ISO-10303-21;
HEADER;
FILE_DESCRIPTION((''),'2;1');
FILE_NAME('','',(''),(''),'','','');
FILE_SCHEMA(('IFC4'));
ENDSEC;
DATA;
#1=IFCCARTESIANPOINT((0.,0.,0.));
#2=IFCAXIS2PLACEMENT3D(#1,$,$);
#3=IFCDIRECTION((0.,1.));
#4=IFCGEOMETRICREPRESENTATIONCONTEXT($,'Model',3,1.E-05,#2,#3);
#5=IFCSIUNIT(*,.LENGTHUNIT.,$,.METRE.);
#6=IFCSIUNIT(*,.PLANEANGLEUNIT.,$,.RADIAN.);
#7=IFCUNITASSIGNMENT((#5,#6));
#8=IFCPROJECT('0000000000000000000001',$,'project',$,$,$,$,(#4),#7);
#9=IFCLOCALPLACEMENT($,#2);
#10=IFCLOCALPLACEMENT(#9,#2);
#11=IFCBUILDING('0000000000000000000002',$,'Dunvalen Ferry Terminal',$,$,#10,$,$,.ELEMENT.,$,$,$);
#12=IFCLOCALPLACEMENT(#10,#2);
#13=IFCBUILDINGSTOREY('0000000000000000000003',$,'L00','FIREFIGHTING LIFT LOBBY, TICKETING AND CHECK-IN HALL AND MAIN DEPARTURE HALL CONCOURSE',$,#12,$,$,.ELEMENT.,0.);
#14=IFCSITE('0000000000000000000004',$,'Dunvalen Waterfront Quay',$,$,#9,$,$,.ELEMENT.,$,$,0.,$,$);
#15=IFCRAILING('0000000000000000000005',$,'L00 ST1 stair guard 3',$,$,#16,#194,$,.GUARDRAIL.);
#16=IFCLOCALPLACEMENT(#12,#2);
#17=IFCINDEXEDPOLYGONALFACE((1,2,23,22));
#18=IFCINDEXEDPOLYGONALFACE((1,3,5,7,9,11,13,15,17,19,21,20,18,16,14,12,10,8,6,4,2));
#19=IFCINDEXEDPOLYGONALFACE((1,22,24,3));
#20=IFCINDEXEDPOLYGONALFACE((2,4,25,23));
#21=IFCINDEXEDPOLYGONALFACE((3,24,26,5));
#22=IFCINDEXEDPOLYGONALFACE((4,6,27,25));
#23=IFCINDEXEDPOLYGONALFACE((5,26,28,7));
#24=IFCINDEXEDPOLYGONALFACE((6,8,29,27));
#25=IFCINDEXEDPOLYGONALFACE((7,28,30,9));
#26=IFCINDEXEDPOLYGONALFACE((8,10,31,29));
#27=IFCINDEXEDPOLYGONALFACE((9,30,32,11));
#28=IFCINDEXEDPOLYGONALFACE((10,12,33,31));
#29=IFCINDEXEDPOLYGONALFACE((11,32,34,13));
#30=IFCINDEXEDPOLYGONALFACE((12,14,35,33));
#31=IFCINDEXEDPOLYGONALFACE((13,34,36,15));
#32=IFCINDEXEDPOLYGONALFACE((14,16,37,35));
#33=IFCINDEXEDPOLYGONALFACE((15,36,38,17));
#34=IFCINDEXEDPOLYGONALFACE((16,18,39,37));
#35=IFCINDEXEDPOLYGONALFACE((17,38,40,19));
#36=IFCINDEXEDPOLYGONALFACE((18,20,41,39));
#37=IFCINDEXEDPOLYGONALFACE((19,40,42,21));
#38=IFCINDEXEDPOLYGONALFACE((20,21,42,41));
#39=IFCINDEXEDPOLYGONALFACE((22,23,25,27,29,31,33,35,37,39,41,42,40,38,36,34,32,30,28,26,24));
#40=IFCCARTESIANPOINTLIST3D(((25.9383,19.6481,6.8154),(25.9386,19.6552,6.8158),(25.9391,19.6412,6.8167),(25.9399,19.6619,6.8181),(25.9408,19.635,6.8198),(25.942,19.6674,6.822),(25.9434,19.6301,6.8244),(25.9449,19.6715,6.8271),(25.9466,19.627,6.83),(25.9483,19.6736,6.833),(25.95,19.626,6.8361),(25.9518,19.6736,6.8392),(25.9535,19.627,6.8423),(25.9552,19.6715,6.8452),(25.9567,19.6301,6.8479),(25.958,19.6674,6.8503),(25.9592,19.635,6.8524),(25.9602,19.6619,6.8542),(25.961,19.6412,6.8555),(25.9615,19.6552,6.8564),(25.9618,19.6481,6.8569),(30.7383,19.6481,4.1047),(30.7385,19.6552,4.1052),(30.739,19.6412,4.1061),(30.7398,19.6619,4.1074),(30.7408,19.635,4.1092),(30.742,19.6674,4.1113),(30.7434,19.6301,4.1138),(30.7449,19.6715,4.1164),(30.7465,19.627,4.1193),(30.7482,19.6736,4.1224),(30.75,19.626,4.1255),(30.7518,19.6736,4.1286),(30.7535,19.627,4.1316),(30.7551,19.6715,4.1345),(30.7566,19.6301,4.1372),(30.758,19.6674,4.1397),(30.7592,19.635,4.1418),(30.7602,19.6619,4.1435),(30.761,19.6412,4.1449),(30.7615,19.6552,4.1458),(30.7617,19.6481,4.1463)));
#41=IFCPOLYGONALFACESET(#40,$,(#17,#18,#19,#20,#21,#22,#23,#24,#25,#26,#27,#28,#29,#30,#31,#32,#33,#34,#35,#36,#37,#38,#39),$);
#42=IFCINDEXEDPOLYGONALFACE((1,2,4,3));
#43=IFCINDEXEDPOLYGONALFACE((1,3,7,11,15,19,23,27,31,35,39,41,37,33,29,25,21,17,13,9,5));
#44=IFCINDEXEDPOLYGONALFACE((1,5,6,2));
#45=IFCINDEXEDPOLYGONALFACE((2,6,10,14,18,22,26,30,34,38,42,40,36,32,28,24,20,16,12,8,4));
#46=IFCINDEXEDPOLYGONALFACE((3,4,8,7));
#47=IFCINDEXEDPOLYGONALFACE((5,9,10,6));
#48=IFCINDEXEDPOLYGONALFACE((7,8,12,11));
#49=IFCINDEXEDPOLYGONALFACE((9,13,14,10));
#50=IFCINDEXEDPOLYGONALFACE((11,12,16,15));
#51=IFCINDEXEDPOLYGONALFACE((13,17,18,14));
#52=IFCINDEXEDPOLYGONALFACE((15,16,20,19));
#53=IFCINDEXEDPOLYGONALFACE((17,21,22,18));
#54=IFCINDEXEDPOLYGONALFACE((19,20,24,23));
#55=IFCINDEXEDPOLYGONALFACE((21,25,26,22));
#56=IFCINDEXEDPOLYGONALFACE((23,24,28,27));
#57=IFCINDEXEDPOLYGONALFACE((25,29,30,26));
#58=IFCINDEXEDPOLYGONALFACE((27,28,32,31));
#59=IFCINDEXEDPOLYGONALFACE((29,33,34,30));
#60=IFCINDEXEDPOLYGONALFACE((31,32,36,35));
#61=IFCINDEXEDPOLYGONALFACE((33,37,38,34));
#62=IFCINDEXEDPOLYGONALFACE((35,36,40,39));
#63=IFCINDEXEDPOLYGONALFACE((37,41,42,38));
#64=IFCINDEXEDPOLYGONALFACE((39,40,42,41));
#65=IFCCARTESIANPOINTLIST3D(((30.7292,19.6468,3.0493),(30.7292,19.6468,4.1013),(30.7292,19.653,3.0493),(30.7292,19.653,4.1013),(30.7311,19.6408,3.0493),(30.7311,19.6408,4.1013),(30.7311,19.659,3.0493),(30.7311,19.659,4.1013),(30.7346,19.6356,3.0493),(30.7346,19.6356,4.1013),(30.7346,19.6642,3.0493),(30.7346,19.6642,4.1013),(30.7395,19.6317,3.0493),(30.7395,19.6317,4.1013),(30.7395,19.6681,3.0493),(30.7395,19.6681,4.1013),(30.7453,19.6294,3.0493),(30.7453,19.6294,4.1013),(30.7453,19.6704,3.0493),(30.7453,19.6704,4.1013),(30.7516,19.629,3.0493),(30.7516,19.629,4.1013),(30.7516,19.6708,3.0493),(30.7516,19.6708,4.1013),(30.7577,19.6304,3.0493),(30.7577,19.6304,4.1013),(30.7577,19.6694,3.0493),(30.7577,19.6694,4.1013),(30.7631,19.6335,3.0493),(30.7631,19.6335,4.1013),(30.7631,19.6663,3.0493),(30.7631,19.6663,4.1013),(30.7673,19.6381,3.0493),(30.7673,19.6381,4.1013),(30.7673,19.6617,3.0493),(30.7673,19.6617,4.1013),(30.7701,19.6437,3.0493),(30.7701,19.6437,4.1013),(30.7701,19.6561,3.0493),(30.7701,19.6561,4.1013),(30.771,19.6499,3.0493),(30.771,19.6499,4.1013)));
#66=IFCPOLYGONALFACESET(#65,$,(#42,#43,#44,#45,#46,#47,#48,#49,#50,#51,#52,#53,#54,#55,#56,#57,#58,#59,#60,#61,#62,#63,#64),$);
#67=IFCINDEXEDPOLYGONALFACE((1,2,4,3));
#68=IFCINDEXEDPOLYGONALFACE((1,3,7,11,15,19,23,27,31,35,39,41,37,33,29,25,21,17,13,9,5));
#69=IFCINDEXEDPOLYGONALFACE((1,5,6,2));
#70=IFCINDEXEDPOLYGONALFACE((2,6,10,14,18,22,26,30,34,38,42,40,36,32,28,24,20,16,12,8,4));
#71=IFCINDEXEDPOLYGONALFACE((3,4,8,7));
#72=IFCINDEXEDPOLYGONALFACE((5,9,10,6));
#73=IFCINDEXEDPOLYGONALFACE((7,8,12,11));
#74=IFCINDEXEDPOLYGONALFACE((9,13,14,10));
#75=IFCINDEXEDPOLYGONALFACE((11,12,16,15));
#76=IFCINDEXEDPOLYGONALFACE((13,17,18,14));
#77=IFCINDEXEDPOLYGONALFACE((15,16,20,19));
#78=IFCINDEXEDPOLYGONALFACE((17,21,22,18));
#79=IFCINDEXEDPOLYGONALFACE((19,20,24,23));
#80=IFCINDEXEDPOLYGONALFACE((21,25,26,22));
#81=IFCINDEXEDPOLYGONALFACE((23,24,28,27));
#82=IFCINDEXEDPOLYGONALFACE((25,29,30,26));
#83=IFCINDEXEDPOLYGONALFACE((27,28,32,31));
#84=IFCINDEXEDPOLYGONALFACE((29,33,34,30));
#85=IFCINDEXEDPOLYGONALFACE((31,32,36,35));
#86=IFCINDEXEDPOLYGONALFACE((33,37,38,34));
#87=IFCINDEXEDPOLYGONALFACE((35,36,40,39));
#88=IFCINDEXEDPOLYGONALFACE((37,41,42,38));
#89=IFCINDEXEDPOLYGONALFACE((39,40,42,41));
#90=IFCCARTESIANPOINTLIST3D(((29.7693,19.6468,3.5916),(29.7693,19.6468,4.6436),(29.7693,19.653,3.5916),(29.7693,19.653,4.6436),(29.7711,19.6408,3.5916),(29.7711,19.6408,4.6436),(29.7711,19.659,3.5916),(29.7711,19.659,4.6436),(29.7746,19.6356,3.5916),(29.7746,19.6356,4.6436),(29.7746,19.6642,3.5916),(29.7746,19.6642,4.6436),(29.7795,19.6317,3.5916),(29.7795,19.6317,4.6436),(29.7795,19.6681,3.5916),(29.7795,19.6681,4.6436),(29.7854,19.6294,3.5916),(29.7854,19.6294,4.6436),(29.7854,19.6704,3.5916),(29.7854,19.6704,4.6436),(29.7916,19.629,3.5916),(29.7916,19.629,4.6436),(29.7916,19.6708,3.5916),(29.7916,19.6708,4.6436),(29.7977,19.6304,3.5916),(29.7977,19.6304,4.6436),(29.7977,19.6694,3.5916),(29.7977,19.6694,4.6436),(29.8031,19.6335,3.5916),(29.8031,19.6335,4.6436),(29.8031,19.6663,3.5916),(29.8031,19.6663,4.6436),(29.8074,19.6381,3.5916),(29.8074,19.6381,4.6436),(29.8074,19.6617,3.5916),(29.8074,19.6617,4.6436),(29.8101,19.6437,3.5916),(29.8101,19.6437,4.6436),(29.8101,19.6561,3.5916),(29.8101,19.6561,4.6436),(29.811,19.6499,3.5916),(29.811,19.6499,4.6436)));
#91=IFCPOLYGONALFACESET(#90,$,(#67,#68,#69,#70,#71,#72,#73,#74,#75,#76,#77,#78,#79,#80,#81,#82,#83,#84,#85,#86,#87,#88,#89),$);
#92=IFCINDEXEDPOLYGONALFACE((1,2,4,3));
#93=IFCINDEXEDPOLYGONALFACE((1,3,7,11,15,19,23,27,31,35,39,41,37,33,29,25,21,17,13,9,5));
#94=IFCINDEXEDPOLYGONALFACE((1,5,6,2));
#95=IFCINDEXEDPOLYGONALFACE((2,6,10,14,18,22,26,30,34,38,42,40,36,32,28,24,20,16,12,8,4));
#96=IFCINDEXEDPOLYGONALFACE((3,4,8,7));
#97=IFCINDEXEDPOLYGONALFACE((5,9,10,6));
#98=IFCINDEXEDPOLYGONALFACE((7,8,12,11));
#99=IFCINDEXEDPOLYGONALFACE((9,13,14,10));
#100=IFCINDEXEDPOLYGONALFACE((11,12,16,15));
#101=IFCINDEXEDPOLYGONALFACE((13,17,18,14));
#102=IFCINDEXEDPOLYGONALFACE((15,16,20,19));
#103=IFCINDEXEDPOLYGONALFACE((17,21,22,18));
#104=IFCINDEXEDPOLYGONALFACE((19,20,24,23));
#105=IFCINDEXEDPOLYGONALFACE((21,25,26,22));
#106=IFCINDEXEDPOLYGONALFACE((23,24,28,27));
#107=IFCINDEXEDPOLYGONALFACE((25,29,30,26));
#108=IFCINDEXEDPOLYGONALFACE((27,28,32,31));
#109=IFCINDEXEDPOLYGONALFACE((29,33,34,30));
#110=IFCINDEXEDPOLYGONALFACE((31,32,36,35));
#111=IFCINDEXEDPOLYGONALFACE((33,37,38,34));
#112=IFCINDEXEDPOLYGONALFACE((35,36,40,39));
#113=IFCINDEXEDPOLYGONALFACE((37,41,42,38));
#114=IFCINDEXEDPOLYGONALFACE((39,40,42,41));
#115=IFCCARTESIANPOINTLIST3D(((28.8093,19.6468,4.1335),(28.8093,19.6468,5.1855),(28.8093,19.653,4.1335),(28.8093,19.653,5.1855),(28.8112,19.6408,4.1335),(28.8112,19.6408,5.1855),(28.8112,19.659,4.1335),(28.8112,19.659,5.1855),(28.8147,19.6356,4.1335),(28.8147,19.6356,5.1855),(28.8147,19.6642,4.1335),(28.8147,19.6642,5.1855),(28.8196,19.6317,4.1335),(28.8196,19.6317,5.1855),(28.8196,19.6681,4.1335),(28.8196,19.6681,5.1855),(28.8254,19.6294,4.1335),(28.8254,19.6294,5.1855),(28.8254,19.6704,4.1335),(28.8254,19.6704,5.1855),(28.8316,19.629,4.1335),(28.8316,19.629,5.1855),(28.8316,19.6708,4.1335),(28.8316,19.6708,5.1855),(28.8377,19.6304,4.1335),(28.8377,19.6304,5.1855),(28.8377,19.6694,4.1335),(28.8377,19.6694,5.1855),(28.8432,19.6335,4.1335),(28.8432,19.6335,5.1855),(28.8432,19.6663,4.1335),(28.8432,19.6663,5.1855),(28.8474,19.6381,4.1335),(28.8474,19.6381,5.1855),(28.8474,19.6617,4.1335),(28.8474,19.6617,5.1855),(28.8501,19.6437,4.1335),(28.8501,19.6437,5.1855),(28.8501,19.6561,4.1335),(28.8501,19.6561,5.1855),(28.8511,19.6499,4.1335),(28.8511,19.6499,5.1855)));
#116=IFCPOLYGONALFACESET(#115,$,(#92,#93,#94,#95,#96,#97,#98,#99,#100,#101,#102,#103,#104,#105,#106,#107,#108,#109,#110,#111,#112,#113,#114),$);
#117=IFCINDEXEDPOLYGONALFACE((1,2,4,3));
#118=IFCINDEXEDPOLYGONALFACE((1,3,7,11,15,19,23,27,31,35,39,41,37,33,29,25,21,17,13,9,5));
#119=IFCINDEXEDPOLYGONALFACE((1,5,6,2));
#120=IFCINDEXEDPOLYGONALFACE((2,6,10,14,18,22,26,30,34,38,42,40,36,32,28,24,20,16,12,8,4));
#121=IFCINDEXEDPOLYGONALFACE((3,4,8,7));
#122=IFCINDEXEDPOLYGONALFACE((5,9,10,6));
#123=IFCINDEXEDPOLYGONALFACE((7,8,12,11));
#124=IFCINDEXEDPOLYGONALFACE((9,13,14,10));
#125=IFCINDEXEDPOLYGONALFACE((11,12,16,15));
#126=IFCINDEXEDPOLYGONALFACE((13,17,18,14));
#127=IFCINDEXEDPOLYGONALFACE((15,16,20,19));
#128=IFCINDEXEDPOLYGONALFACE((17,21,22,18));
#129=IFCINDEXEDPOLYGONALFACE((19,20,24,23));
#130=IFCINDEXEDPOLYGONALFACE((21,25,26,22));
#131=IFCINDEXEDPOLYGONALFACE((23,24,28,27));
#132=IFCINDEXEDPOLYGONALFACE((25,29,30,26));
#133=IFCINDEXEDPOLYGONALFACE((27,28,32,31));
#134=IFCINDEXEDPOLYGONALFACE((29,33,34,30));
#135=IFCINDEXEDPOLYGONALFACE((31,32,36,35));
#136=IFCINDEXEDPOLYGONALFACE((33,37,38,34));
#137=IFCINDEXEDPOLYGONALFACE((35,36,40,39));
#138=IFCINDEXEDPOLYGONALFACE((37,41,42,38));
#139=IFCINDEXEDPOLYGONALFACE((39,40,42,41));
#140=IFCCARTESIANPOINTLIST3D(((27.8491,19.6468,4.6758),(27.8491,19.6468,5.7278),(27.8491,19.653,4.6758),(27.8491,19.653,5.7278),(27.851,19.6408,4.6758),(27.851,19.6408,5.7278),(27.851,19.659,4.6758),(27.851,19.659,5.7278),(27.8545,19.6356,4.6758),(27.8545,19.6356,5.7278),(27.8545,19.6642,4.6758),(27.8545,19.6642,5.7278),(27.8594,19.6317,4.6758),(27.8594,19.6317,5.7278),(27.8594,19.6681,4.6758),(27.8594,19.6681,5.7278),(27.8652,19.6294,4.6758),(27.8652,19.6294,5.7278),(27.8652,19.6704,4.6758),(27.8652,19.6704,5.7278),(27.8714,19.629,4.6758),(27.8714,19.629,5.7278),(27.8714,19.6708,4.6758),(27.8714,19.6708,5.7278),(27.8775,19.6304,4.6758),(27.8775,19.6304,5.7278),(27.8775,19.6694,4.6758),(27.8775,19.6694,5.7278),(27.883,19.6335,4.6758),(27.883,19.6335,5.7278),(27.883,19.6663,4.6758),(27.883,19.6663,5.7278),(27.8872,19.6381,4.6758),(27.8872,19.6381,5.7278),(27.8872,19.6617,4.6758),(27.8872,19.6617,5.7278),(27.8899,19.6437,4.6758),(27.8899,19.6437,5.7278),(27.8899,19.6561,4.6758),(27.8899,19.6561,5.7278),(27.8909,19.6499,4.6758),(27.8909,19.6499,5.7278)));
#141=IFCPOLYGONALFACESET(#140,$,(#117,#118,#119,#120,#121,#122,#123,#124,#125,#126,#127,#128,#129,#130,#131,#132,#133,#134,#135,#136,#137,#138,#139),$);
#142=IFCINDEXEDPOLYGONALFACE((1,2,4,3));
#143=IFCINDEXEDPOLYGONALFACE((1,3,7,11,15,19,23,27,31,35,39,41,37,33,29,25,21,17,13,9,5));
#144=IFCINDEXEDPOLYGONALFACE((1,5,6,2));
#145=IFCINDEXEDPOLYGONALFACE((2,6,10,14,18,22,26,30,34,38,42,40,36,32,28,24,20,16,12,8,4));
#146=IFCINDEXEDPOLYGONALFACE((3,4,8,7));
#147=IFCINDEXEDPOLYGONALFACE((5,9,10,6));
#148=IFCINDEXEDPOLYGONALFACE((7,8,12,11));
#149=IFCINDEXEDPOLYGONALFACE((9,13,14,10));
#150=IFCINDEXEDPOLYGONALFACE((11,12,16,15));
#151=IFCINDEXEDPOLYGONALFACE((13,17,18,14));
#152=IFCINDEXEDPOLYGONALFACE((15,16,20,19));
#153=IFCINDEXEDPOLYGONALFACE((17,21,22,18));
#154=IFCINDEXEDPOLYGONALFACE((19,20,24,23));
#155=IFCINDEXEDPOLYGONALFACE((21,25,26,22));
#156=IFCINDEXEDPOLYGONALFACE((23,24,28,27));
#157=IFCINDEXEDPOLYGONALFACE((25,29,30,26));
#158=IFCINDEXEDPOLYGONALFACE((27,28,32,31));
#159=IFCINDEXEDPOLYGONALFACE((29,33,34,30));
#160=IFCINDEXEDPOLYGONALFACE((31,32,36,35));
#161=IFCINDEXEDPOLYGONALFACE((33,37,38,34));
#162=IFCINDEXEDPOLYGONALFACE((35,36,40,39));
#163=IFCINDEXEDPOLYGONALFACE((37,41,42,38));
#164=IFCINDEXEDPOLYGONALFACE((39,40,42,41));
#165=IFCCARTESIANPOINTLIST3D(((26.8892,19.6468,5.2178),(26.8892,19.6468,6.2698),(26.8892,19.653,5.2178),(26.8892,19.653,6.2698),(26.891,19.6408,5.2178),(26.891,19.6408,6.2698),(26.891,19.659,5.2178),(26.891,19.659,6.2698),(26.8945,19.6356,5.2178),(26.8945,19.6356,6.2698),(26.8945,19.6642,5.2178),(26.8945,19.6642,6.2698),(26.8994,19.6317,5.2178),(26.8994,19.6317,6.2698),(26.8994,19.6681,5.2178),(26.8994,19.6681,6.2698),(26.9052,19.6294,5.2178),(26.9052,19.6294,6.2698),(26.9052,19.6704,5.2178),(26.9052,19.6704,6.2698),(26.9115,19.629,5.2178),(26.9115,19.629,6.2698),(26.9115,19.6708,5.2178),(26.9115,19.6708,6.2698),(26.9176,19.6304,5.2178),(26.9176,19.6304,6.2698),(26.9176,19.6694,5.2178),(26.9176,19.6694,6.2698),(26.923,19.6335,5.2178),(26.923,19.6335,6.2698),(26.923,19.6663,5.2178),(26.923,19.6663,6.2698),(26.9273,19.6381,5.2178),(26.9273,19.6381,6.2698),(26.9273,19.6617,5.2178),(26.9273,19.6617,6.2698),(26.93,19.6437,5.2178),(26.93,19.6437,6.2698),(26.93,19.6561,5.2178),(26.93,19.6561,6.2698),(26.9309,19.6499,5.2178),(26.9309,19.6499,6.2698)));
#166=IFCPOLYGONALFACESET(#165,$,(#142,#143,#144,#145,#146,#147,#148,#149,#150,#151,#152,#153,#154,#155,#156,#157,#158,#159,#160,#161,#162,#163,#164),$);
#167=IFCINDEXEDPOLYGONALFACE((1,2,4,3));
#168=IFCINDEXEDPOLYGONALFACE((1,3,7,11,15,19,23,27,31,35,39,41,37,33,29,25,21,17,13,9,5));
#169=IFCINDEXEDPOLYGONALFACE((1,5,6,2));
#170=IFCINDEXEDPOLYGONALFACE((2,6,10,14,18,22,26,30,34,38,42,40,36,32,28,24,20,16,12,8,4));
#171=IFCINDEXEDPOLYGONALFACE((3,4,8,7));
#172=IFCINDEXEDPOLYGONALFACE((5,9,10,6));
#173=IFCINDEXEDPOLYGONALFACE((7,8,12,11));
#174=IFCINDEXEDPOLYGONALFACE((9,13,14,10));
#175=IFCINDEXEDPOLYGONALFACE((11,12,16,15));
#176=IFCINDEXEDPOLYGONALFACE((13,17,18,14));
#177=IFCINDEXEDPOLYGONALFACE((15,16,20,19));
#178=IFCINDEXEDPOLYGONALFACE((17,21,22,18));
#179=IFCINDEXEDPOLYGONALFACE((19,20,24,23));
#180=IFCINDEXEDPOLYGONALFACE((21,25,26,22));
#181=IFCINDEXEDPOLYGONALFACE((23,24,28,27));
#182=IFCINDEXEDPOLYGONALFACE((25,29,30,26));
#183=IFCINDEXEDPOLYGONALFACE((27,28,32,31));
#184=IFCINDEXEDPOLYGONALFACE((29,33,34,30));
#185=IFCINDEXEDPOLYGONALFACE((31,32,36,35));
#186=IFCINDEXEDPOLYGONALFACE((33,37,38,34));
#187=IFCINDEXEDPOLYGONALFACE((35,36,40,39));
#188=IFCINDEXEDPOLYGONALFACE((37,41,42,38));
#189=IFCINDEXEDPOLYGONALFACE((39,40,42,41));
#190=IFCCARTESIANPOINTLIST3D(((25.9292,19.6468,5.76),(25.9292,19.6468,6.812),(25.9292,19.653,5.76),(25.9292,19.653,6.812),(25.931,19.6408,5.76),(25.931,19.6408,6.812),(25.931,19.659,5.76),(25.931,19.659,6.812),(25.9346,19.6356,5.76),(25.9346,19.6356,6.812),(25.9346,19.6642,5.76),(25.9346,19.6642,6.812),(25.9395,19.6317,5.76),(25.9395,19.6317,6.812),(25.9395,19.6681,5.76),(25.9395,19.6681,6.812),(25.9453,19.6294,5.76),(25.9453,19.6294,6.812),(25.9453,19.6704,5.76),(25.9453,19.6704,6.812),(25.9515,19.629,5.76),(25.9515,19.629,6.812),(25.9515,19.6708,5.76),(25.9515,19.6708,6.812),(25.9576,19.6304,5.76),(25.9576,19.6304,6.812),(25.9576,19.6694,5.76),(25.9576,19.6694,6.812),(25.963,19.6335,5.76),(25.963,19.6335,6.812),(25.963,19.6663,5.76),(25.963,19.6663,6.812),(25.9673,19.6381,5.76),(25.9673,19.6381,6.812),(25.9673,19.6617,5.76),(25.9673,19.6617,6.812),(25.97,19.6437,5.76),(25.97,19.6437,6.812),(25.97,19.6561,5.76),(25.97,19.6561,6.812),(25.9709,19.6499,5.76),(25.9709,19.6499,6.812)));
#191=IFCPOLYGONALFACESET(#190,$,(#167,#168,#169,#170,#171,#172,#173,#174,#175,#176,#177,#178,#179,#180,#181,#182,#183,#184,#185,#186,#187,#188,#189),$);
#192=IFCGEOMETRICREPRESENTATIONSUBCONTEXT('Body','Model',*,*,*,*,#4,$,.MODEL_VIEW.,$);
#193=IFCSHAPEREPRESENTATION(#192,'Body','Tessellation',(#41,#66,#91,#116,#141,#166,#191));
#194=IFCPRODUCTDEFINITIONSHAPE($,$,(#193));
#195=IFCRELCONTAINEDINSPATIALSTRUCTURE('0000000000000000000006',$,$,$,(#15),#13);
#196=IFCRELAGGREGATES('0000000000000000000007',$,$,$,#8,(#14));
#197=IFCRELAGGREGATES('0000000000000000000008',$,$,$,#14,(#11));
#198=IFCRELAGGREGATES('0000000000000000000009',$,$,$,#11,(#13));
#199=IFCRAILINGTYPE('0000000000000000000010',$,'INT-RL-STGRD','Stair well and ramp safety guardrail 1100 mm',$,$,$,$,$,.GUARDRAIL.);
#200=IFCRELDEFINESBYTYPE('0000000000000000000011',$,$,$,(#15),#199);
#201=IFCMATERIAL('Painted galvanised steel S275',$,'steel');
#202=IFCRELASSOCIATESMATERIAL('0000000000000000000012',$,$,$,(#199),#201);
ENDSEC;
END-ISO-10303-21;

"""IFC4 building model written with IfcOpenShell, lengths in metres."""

from ifc_helpers import new_model, si_unit, direction, frame, origin, origin_2d, place, context, subcontext, project, spatial, circle, extrude, material, type_object, element, save


model = new_model("IFC4")

# Units and contexts
model_context = context("Model", 3, precision=1e-05, world=origin(), true_north=direction((0.0, 1.0)))
body_context = subcontext(model_context, "Body", "Model", "MODEL_VIEW")
ifc_project = project(units=[si_unit("LENGTHUNIT", "METRE"), si_unit("PLANEANGLEUNIT", "RADIAN")], contexts=[model_context])

# Site, building, storey
site_placement = place(None, origin())
site = spatial("IfcSite", under=ifc_project, at=site_placement, Name="Dunvalen Waterfront Quay", CompositionType="ELEMENT", RefElevation=0.0)
building_placement = place(site_placement, origin())
building = spatial("IfcBuilding", under=site, at=building_placement, Name="Dunvalen Ferry Terminal", CompositionType="ELEMENT")
storey_placement = place(building_placement, origin())
storey = spatial("IfcBuildingStorey", under=building, at=storey_placement, Name="L00", Description="FIREFIGHTING LIFT LOBBY, TICKETING AND CHECK-IN HALL AND MAIN DEPARTURE HALL CONCOURSE", CompositionType="ELEMENT", Elevation=0.0)

# Railing
ifc_material_1 = material(Name="Painted galvanised steel S275", Category="steel")
railing_type_1 = type_object("IfcRailingType", Name="INT-RL-STGRD", Description="Stair well and ramp safety guardrail 1100 mm", PredefinedType="GUARDRAIL", material=ifc_material_1)
railing_1_placement = place(storey_placement, frame((30.75, 19.6499, 3.0493)))
element("IfcRailing", 1, at=railing_1_placement, inside=storey, type_object=railing_type_1, Name="L00 ST1 stair guard 3", PredefinedType="GUARDRAIL", context=body_context, shape_type="SweptSolid", body=[
    extrude(circle(Radius=0.0239, at=origin_2d()), frame((0.0, 0.0, 1.0762), z_axis=(-0.870748, 0.0, 0.49173), x_axis=(0.0, -1.0, 0.0)), (0.0, 0.0, 1.0), 5.5125),
    extrude(circle(Radius=0.021, at=origin_2d()), origin(), (0.0, 0.0, 1.0), 1.052),
    extrude(circle(Radius=0.021, at=origin_2d()), frame((-0.96, 0.0, 0.5422)), (0.0, 0.0, 1.0), 1.052),
    extrude(circle(Radius=0.021, at=origin_2d()), frame((-1.9199, 0.0, 1.0842)), (0.0, 0.0, 1.0), 1.052),
    extrude(circle(Radius=0.021, at=origin_2d()), frame((-2.8801, 0.0, 1.6265)), (0.0, 0.0, 1.0), 1.052),
    extrude(circle(Radius=0.021, at=origin_2d()), frame((-3.8401, 0.0, 2.1685)), (0.0, 0.0, 1.0), 1.052),
    extrude(circle(Radius=0.021, at=origin_2d()), frame((-4.8, 0.0, 2.7107)), (0.0, 0.0, 1.0), 1.052),
])

save(model, "model.ifc")
